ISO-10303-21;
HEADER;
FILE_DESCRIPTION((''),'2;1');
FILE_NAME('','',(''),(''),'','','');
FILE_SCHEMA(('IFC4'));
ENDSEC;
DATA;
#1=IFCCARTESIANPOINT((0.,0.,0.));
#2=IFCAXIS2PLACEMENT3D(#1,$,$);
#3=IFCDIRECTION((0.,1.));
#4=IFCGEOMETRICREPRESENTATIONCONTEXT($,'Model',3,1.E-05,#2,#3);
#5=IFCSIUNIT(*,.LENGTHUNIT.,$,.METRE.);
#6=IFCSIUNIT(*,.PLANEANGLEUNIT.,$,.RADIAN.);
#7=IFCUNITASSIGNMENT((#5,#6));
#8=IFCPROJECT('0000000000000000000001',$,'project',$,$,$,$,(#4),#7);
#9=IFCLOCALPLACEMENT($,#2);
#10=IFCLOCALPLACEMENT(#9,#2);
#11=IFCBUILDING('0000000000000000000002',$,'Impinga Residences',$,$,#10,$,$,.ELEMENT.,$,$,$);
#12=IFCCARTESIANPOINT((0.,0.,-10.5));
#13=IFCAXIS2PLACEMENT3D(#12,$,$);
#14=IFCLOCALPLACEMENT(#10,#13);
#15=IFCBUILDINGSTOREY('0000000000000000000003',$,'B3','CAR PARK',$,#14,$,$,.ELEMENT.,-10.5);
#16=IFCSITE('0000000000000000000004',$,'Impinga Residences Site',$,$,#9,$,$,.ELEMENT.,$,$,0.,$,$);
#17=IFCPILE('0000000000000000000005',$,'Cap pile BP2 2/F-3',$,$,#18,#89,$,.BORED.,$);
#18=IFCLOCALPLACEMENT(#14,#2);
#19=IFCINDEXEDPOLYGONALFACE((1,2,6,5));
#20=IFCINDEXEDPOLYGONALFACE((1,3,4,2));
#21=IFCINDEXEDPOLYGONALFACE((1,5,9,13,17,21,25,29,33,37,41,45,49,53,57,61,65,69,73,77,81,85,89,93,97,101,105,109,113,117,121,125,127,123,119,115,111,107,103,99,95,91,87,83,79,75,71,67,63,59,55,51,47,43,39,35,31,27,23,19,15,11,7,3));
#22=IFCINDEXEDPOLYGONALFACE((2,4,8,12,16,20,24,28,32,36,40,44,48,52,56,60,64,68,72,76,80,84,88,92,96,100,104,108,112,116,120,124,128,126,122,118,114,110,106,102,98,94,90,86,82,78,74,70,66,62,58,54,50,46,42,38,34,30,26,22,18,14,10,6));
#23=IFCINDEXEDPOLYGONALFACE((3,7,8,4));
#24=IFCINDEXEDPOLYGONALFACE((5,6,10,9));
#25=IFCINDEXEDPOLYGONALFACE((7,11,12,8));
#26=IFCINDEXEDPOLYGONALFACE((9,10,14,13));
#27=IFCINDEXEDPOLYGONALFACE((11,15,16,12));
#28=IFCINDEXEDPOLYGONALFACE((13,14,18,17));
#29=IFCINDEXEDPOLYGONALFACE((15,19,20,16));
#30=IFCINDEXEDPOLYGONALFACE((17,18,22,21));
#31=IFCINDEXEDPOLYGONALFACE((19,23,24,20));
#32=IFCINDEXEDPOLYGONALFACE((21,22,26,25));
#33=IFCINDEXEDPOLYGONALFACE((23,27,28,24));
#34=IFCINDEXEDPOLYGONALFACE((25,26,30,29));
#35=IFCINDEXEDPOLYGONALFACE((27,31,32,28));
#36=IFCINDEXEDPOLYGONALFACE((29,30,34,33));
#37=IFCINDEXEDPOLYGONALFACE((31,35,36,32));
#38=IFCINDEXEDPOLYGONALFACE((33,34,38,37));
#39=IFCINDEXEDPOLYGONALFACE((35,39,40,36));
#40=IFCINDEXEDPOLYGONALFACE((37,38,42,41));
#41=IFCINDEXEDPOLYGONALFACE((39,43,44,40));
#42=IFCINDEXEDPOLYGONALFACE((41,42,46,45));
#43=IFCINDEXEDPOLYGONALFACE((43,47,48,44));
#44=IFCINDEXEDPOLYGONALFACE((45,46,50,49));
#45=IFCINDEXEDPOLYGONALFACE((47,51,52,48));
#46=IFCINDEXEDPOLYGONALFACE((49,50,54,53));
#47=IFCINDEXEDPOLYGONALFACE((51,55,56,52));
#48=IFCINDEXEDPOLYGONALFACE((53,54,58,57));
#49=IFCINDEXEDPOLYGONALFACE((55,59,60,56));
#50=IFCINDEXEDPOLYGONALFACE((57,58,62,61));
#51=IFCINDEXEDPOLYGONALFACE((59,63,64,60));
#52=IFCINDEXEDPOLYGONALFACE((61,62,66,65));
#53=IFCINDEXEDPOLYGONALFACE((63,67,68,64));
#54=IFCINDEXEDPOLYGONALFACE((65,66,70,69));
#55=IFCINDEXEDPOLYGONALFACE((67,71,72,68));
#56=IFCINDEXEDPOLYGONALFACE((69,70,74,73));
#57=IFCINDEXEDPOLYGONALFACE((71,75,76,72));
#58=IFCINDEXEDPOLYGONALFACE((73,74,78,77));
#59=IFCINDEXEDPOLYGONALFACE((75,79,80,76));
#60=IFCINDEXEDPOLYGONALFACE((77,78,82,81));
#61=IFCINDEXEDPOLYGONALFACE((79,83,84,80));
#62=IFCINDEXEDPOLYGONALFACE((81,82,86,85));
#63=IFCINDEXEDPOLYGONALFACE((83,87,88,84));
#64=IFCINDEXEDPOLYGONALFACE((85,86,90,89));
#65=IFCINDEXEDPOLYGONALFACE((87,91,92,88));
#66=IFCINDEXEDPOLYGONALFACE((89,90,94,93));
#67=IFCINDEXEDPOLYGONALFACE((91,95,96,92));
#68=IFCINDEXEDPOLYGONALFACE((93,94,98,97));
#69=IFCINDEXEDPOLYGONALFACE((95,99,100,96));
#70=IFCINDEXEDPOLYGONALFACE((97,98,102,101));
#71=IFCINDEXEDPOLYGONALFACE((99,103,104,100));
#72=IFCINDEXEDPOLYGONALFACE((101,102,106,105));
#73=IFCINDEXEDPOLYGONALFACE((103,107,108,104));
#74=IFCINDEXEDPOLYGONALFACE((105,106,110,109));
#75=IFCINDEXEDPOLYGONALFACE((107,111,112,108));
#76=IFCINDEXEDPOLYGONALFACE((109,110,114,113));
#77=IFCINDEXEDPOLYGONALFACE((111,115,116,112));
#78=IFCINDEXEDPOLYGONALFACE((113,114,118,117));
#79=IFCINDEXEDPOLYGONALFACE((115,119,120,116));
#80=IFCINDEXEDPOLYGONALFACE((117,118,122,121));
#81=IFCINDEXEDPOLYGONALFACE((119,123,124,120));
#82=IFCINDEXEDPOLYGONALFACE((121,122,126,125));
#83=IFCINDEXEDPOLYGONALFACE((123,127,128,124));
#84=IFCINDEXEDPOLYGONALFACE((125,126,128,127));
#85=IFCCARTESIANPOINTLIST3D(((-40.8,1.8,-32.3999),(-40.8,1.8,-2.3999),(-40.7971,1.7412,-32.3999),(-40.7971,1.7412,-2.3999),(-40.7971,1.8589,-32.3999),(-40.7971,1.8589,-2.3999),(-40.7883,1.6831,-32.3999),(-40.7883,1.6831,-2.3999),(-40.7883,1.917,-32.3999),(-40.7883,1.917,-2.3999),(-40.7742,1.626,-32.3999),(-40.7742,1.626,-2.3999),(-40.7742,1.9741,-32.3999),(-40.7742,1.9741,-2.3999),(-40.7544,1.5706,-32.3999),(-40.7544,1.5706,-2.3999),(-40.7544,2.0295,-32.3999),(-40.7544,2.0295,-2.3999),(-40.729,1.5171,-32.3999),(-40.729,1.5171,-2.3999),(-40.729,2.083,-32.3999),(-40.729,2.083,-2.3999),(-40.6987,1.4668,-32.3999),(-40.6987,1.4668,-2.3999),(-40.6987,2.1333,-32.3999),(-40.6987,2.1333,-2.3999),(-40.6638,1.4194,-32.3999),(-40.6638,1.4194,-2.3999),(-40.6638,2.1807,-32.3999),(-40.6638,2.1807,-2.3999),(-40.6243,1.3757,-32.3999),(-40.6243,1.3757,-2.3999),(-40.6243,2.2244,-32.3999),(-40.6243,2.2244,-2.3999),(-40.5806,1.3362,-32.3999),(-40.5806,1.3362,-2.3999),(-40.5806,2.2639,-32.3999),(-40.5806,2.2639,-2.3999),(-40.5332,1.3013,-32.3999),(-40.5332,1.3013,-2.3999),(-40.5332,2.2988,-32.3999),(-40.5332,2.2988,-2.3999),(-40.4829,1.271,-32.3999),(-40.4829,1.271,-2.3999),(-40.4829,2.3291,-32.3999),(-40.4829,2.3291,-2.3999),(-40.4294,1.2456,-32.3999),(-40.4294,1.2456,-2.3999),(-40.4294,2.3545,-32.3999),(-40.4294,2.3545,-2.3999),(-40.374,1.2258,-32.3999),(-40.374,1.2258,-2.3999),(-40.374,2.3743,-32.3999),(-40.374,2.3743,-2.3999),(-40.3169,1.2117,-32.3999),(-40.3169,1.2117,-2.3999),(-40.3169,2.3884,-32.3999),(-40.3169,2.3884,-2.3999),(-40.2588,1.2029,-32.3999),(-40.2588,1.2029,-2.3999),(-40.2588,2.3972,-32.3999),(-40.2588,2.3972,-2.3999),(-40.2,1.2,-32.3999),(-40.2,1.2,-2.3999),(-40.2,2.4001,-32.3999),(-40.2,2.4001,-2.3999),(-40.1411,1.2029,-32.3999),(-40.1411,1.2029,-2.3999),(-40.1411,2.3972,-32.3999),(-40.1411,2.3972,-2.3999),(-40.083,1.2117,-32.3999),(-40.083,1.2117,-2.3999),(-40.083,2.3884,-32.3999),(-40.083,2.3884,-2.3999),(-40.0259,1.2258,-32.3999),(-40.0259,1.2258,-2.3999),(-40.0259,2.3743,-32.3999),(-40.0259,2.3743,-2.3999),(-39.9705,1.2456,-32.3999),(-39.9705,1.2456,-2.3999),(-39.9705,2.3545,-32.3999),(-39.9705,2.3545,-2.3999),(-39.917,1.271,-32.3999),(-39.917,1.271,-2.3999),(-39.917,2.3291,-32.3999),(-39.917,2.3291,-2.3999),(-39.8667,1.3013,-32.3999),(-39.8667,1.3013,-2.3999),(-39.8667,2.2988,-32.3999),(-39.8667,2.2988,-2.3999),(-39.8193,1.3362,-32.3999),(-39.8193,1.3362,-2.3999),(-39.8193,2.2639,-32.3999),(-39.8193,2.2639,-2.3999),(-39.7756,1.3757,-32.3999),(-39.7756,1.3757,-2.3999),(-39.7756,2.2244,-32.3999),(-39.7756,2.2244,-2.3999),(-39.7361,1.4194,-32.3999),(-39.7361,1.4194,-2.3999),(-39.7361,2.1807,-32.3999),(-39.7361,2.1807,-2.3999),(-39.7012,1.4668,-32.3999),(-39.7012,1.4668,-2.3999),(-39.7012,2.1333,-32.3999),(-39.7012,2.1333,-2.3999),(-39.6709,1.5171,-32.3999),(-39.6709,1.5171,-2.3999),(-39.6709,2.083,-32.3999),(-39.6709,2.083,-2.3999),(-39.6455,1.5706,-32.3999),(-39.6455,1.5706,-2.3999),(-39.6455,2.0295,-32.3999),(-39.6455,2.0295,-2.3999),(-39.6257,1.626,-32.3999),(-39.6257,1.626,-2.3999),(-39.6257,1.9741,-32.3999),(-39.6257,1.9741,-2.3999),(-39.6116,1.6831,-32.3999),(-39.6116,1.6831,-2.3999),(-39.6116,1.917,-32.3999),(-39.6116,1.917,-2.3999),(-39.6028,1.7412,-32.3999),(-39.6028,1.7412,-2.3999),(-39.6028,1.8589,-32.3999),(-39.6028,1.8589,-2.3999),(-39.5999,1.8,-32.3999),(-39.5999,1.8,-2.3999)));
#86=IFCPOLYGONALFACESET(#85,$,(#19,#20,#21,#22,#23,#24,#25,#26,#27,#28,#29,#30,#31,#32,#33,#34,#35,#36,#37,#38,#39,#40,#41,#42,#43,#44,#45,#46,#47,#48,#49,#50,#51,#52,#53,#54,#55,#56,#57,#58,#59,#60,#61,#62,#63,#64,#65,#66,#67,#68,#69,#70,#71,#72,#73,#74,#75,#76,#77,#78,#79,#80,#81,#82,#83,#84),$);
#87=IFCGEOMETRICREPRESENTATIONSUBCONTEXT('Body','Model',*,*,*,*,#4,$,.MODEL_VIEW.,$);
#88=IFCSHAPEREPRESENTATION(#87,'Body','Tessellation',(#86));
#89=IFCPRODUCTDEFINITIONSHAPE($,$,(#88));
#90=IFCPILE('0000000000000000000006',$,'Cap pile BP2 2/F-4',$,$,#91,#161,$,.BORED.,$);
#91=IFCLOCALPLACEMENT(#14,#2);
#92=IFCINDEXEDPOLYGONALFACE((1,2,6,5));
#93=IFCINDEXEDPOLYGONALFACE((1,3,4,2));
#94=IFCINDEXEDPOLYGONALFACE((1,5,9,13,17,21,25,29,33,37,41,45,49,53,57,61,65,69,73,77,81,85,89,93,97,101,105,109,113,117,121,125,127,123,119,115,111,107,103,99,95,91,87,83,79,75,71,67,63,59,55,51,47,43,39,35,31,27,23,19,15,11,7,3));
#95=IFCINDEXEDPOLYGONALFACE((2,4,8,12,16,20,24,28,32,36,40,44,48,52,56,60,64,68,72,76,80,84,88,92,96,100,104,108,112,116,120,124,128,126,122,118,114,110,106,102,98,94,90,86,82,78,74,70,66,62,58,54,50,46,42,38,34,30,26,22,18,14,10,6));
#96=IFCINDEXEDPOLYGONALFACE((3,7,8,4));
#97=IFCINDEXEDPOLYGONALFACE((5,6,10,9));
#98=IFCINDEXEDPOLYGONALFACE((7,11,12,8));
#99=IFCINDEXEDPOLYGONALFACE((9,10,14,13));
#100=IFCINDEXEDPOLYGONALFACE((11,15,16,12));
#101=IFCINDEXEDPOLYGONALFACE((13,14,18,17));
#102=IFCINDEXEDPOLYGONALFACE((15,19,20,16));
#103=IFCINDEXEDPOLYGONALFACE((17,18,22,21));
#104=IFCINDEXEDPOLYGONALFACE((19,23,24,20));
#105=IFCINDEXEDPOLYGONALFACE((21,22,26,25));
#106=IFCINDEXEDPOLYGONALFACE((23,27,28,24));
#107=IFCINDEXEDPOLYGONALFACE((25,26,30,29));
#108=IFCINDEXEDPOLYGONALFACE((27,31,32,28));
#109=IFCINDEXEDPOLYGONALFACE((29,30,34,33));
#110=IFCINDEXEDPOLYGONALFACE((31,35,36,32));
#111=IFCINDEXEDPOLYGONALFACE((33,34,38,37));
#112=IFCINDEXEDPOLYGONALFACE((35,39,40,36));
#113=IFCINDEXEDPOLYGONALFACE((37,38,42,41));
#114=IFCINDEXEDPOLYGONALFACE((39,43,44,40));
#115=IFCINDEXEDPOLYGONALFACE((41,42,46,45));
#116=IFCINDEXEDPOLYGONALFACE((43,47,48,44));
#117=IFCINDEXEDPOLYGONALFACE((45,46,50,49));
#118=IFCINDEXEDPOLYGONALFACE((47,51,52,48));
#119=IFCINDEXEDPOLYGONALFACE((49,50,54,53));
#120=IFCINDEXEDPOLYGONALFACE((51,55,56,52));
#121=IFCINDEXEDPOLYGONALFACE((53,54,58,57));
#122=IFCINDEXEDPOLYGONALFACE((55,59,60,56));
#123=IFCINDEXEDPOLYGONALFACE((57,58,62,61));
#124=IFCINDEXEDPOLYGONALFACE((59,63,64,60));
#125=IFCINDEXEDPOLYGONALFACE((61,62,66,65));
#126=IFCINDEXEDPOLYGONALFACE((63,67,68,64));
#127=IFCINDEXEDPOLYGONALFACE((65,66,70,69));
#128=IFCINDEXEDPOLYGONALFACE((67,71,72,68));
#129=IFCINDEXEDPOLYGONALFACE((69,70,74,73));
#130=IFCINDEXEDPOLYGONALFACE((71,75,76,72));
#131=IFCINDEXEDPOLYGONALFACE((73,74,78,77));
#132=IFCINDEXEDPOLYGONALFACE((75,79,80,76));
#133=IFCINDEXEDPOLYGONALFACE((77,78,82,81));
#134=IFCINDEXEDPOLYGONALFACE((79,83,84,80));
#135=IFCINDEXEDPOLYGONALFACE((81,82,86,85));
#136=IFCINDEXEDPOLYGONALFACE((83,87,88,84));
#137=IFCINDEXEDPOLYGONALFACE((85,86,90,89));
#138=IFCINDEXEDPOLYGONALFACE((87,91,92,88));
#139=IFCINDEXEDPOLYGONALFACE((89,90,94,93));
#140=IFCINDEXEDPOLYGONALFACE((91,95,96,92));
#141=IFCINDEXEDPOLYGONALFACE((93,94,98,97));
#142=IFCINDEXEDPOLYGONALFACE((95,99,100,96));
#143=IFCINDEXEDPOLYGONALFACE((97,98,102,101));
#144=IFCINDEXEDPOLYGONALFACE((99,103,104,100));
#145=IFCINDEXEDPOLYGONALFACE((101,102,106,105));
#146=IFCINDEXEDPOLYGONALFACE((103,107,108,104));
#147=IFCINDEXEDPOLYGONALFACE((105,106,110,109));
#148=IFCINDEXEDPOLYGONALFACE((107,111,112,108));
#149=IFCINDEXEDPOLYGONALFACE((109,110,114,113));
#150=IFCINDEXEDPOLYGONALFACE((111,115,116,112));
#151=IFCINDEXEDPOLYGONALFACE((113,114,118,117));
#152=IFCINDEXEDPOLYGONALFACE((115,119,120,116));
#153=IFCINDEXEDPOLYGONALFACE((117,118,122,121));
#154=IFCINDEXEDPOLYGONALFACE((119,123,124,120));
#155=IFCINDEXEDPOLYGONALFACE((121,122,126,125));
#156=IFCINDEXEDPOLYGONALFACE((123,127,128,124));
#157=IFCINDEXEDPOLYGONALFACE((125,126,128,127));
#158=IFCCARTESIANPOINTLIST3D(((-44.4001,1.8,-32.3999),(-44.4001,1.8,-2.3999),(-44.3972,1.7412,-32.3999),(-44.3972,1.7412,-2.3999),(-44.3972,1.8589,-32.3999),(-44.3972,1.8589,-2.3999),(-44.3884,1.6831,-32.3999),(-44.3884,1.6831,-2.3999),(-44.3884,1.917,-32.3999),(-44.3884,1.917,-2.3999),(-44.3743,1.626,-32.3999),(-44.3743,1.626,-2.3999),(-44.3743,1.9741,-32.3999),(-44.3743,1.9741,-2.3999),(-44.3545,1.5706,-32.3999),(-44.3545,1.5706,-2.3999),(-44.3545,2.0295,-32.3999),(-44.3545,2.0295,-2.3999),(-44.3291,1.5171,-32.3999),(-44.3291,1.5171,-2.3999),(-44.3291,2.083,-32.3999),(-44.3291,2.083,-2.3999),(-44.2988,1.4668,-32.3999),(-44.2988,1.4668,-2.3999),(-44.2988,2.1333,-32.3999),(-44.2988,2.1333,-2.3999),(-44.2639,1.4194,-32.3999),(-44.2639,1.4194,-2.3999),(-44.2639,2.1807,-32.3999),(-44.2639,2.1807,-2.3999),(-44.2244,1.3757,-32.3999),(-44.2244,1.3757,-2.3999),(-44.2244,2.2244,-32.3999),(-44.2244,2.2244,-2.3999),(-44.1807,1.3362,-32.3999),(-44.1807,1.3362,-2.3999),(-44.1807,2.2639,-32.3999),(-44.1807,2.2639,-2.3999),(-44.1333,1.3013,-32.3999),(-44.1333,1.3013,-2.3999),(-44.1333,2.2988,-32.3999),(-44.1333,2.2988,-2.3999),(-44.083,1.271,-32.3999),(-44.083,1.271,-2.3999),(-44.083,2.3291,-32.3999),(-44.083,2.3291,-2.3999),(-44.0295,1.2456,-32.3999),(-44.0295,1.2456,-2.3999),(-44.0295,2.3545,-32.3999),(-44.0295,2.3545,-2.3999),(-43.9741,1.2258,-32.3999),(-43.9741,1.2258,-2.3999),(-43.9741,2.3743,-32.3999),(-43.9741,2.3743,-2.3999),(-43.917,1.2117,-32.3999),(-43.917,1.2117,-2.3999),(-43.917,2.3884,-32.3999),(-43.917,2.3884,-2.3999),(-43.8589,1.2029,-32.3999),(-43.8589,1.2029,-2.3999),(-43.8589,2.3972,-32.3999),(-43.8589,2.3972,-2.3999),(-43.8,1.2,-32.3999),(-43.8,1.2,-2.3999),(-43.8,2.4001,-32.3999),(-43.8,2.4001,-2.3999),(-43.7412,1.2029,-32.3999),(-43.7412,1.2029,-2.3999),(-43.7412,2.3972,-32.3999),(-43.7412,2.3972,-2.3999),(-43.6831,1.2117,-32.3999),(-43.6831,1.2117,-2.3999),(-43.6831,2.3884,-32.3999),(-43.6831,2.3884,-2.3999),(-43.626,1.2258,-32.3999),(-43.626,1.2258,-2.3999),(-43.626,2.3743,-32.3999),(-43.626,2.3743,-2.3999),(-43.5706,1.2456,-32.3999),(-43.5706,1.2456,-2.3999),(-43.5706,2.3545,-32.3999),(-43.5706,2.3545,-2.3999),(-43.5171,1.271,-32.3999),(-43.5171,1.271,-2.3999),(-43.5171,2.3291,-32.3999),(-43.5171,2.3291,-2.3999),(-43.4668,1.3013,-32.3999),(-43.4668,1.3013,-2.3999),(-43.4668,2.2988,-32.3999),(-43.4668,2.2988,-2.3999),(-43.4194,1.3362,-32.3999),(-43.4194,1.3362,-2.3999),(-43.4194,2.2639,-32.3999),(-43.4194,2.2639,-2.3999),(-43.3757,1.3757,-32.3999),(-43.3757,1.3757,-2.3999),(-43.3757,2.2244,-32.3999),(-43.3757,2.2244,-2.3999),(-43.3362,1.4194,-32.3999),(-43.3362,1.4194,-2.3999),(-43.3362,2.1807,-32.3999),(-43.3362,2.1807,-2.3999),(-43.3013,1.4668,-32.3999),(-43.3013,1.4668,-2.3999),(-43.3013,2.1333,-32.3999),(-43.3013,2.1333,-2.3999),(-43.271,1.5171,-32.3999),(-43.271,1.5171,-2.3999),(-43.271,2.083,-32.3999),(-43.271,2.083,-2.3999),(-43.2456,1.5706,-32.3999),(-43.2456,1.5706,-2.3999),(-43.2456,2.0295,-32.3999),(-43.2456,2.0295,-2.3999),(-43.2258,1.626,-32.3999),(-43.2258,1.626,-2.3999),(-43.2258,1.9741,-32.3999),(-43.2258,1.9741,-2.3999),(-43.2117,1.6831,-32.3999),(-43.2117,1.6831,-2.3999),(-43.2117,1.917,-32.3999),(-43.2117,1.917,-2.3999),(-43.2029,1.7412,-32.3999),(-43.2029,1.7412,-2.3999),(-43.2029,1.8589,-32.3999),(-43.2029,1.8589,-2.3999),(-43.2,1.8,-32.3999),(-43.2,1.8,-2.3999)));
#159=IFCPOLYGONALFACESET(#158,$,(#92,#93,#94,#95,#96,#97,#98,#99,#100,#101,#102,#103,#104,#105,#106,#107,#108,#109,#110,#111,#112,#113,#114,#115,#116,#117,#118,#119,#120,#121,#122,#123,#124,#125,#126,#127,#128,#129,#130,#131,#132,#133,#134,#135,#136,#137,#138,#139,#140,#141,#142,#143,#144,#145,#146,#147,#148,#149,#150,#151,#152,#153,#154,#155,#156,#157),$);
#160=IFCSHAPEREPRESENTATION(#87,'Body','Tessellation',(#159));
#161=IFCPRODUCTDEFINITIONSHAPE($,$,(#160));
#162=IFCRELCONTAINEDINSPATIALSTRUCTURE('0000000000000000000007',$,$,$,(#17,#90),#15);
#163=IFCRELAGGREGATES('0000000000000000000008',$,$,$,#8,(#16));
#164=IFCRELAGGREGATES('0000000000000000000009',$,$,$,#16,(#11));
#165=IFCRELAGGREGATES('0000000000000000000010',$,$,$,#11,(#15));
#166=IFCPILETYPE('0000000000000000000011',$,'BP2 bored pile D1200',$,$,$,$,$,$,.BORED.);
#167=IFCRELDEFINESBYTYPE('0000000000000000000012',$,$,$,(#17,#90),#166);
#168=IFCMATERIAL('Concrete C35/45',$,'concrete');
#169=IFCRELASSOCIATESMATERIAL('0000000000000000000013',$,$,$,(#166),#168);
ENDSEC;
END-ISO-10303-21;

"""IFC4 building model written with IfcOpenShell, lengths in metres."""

from ifc_helpers import new_model, si_unit, direction, frame, origin, origin_2d, place, context, subcontext, project, spatial, polyline, circle, outline, extrude, material, material_profile, profile_set, type_object, element, save


model = new_model("IFC4")

# Units and contexts
model_context = context("Model", 3, precision=1e-05, world=origin(), true_north=direction((0.0, 1.0)))
body_context = subcontext(model_context, "Body", "Model", "MODEL_VIEW")
ifc_project = project(units=[si_unit("LENGTHUNIT", "METRE"), si_unit("PLANEANGLEUNIT", "RADIAN")], contexts=[model_context])

# Site, building, storey
site_placement = place(None, origin())
site = spatial("IfcSite", under=ifc_project, at=site_placement, Name="Impinga Residences Site", CompositionType="ELEMENT", RefElevation=0.0)
building_placement = place(site_placement, origin())
building = spatial("IfcBuilding", under=site, at=building_placement, Name="Impinga Residences", CompositionType="ELEMENT")
storey_placement = place(building_placement, frame((0.0, 0.0, -10.5)))
storey = spatial("IfcBuildingStorey", under=building, at=storey_placement, Name="B3", Description="CAR PARK", CompositionType="ELEMENT", Elevation=-10.5)

# Piles
ifc_material_1 = material(Name="Concrete C35/45", Category="concrete")
ifc_material_profile_1 = material_profile(ifc_material_1, circle(Radius=0.6001, at=origin_2d()), Name="D1200")
ifc_profile_set_1 = profile_set([ifc_material_profile_1], Name="Concrete C35/45")
pile_type = type_object("IfcPileType", Name="BP2 bored pile D1200", PredefinedType="BORED", material=ifc_profile_set_1)
pile_1_placement = place(storey_placement, frame((-40.2, 1.8, -2.3999), z_axis=(0.0, 0.0, -1.0), x_axis=(1.0, 0.0, 0.0)))
element("IfcPile", 1, at=pile_1_placement, inside=storey, type_object=pile_type, Name="Cap pile BP2 2/F-3", PredefinedType="BORED", context=body_context, shape_type="SweptSolid", body=[
    extrude(outline(polyline([(0.6001, 0.0), (0.5972, 0.0588), (0.5884, 0.1169), (0.5742, 0.1741), (0.5544, 0.2295), (0.5291, 0.283), (0.4988, 0.3333), (0.4639, 0.3806), (0.4243, 0.4243), (0.3806, 0.4639), (0.3333, 0.4988), (0.283, 0.5291), (0.2295, 0.5544), (0.1741, 0.5742), (0.1169, 0.5884), (0.0588, 0.5972), (0.0, 0.6001), (-0.0588, 0.5972), (-0.1169, 0.5884), (-0.1741, 0.5742), (-0.2295, 0.5544), (-0.283, 0.5291), (-0.3333, 0.4988), (-0.3806, 0.4639), (-0.4243, 0.4243), (-0.4639, 0.3806), (-0.4988, 0.3333), (-0.5291, 0.283), (-0.5544, 0.2295), (-0.5742, 0.1741), (-0.5884, 0.1169), (-0.5972, 0.0588), (-0.6001, 0.0), (-0.5972, -0.0588), (-0.5884, -0.1169), (-0.5742, -0.1741), (-0.5544, -0.2295), (-0.5291, -0.283), (-0.4988, -0.3333), (-0.4639, -0.3806), (-0.4243, -0.4243), (-0.3806, -0.4639), (-0.3333, -0.4988), (-0.283, -0.5291), (-0.2295, -0.5544), (-0.1741, -0.5742), (-0.1169, -0.5884), (-0.0588, -0.5972), (0.0, -0.6001), (0.0588, -0.5972), (0.1169, -0.5884), (0.1741, -0.5742), (0.2295, -0.5544), (0.283, -0.5291), (0.3333, -0.4988), (0.3806, -0.4639), (0.4243, -0.4243), (0.4639, -0.3806), (0.4988, -0.3333), (0.5291, -0.283), (0.5544, -0.2295), (0.5742, -0.1741), (0.5884, -0.1169), (0.5972, -0.0588), (0.6001, 0.0)])), origin(), (0.0, 0.0, 1.0), 30.0),
])
pile_2_placement = place(storey_placement, frame((-43.8, 1.8, -2.3999), z_axis=(0.0, 0.0, -1.0), x_axis=(1.0, 0.0, 0.0)))
element("IfcPile", 2, at=pile_2_placement, inside=storey, type_object=pile_type, Name="Cap pile BP2 2/F-4", PredefinedType="BORED", context=body_context, shape_type="SweptSolid", body=[
    extrude(outline(polyline([(0.6001, 0.0), (0.5972, 0.0588), (0.5884, 0.1169), (0.5742, 0.1741), (0.5544, 0.2295), (0.5291, 0.283), (0.4988, 0.3333), (0.4639, 0.3806), (0.4243, 0.4243), (0.3806, 0.4639), (0.3333, 0.4988), (0.283, 0.5291), (0.2295, 0.5544), (0.1741, 0.5742), (0.1169, 0.5884), (0.0588, 0.5972), (0.0, 0.6001), (-0.0588, 0.5972), (-0.1169, 0.5884), (-0.1741, 0.5742), (-0.2295, 0.5544), (-0.283, 0.5291), (-0.3333, 0.4988), (-0.3806, 0.4639), (-0.4243, 0.4243), (-0.4639, 0.3806), (-0.4988, 0.3333), (-0.5291, 0.283), (-0.5544, 0.2295), (-0.5742, 0.1741), (-0.5884, 0.1169), (-0.5972, 0.0588), (-0.6001, 0.0), (-0.5972, -0.0588), (-0.5884, -0.1169), (-0.5742, -0.1741), (-0.5544, -0.2295), (-0.5291, -0.283), (-0.4988, -0.3333), (-0.4639, -0.3806), (-0.4243, -0.4243), (-0.3806, -0.4639), (-0.3333, -0.4988), (-0.283, -0.5291), (-0.2295, -0.5544), (-0.1741, -0.5742), (-0.1169, -0.5884), (-0.0588, -0.5972), (0.0, -0.6001), (0.0588, -0.5972), (0.1169, -0.5884), (0.1741, -0.5742), (0.2295, -0.5544), (0.283, -0.5291), (0.3333, -0.4988), (0.3806, -0.4639), (0.4243, -0.4243), (0.4639, -0.3806), (0.4988, -0.3333), (0.5291, -0.283), (0.5544, -0.2295), (0.5742, -0.1741), (0.5884, -0.1169), (0.5972, -0.0588), (0.6001, 0.0)])), origin(), (0.0, 0.0, 1.0), 30.0),
])

save(model, "model.ifc")
